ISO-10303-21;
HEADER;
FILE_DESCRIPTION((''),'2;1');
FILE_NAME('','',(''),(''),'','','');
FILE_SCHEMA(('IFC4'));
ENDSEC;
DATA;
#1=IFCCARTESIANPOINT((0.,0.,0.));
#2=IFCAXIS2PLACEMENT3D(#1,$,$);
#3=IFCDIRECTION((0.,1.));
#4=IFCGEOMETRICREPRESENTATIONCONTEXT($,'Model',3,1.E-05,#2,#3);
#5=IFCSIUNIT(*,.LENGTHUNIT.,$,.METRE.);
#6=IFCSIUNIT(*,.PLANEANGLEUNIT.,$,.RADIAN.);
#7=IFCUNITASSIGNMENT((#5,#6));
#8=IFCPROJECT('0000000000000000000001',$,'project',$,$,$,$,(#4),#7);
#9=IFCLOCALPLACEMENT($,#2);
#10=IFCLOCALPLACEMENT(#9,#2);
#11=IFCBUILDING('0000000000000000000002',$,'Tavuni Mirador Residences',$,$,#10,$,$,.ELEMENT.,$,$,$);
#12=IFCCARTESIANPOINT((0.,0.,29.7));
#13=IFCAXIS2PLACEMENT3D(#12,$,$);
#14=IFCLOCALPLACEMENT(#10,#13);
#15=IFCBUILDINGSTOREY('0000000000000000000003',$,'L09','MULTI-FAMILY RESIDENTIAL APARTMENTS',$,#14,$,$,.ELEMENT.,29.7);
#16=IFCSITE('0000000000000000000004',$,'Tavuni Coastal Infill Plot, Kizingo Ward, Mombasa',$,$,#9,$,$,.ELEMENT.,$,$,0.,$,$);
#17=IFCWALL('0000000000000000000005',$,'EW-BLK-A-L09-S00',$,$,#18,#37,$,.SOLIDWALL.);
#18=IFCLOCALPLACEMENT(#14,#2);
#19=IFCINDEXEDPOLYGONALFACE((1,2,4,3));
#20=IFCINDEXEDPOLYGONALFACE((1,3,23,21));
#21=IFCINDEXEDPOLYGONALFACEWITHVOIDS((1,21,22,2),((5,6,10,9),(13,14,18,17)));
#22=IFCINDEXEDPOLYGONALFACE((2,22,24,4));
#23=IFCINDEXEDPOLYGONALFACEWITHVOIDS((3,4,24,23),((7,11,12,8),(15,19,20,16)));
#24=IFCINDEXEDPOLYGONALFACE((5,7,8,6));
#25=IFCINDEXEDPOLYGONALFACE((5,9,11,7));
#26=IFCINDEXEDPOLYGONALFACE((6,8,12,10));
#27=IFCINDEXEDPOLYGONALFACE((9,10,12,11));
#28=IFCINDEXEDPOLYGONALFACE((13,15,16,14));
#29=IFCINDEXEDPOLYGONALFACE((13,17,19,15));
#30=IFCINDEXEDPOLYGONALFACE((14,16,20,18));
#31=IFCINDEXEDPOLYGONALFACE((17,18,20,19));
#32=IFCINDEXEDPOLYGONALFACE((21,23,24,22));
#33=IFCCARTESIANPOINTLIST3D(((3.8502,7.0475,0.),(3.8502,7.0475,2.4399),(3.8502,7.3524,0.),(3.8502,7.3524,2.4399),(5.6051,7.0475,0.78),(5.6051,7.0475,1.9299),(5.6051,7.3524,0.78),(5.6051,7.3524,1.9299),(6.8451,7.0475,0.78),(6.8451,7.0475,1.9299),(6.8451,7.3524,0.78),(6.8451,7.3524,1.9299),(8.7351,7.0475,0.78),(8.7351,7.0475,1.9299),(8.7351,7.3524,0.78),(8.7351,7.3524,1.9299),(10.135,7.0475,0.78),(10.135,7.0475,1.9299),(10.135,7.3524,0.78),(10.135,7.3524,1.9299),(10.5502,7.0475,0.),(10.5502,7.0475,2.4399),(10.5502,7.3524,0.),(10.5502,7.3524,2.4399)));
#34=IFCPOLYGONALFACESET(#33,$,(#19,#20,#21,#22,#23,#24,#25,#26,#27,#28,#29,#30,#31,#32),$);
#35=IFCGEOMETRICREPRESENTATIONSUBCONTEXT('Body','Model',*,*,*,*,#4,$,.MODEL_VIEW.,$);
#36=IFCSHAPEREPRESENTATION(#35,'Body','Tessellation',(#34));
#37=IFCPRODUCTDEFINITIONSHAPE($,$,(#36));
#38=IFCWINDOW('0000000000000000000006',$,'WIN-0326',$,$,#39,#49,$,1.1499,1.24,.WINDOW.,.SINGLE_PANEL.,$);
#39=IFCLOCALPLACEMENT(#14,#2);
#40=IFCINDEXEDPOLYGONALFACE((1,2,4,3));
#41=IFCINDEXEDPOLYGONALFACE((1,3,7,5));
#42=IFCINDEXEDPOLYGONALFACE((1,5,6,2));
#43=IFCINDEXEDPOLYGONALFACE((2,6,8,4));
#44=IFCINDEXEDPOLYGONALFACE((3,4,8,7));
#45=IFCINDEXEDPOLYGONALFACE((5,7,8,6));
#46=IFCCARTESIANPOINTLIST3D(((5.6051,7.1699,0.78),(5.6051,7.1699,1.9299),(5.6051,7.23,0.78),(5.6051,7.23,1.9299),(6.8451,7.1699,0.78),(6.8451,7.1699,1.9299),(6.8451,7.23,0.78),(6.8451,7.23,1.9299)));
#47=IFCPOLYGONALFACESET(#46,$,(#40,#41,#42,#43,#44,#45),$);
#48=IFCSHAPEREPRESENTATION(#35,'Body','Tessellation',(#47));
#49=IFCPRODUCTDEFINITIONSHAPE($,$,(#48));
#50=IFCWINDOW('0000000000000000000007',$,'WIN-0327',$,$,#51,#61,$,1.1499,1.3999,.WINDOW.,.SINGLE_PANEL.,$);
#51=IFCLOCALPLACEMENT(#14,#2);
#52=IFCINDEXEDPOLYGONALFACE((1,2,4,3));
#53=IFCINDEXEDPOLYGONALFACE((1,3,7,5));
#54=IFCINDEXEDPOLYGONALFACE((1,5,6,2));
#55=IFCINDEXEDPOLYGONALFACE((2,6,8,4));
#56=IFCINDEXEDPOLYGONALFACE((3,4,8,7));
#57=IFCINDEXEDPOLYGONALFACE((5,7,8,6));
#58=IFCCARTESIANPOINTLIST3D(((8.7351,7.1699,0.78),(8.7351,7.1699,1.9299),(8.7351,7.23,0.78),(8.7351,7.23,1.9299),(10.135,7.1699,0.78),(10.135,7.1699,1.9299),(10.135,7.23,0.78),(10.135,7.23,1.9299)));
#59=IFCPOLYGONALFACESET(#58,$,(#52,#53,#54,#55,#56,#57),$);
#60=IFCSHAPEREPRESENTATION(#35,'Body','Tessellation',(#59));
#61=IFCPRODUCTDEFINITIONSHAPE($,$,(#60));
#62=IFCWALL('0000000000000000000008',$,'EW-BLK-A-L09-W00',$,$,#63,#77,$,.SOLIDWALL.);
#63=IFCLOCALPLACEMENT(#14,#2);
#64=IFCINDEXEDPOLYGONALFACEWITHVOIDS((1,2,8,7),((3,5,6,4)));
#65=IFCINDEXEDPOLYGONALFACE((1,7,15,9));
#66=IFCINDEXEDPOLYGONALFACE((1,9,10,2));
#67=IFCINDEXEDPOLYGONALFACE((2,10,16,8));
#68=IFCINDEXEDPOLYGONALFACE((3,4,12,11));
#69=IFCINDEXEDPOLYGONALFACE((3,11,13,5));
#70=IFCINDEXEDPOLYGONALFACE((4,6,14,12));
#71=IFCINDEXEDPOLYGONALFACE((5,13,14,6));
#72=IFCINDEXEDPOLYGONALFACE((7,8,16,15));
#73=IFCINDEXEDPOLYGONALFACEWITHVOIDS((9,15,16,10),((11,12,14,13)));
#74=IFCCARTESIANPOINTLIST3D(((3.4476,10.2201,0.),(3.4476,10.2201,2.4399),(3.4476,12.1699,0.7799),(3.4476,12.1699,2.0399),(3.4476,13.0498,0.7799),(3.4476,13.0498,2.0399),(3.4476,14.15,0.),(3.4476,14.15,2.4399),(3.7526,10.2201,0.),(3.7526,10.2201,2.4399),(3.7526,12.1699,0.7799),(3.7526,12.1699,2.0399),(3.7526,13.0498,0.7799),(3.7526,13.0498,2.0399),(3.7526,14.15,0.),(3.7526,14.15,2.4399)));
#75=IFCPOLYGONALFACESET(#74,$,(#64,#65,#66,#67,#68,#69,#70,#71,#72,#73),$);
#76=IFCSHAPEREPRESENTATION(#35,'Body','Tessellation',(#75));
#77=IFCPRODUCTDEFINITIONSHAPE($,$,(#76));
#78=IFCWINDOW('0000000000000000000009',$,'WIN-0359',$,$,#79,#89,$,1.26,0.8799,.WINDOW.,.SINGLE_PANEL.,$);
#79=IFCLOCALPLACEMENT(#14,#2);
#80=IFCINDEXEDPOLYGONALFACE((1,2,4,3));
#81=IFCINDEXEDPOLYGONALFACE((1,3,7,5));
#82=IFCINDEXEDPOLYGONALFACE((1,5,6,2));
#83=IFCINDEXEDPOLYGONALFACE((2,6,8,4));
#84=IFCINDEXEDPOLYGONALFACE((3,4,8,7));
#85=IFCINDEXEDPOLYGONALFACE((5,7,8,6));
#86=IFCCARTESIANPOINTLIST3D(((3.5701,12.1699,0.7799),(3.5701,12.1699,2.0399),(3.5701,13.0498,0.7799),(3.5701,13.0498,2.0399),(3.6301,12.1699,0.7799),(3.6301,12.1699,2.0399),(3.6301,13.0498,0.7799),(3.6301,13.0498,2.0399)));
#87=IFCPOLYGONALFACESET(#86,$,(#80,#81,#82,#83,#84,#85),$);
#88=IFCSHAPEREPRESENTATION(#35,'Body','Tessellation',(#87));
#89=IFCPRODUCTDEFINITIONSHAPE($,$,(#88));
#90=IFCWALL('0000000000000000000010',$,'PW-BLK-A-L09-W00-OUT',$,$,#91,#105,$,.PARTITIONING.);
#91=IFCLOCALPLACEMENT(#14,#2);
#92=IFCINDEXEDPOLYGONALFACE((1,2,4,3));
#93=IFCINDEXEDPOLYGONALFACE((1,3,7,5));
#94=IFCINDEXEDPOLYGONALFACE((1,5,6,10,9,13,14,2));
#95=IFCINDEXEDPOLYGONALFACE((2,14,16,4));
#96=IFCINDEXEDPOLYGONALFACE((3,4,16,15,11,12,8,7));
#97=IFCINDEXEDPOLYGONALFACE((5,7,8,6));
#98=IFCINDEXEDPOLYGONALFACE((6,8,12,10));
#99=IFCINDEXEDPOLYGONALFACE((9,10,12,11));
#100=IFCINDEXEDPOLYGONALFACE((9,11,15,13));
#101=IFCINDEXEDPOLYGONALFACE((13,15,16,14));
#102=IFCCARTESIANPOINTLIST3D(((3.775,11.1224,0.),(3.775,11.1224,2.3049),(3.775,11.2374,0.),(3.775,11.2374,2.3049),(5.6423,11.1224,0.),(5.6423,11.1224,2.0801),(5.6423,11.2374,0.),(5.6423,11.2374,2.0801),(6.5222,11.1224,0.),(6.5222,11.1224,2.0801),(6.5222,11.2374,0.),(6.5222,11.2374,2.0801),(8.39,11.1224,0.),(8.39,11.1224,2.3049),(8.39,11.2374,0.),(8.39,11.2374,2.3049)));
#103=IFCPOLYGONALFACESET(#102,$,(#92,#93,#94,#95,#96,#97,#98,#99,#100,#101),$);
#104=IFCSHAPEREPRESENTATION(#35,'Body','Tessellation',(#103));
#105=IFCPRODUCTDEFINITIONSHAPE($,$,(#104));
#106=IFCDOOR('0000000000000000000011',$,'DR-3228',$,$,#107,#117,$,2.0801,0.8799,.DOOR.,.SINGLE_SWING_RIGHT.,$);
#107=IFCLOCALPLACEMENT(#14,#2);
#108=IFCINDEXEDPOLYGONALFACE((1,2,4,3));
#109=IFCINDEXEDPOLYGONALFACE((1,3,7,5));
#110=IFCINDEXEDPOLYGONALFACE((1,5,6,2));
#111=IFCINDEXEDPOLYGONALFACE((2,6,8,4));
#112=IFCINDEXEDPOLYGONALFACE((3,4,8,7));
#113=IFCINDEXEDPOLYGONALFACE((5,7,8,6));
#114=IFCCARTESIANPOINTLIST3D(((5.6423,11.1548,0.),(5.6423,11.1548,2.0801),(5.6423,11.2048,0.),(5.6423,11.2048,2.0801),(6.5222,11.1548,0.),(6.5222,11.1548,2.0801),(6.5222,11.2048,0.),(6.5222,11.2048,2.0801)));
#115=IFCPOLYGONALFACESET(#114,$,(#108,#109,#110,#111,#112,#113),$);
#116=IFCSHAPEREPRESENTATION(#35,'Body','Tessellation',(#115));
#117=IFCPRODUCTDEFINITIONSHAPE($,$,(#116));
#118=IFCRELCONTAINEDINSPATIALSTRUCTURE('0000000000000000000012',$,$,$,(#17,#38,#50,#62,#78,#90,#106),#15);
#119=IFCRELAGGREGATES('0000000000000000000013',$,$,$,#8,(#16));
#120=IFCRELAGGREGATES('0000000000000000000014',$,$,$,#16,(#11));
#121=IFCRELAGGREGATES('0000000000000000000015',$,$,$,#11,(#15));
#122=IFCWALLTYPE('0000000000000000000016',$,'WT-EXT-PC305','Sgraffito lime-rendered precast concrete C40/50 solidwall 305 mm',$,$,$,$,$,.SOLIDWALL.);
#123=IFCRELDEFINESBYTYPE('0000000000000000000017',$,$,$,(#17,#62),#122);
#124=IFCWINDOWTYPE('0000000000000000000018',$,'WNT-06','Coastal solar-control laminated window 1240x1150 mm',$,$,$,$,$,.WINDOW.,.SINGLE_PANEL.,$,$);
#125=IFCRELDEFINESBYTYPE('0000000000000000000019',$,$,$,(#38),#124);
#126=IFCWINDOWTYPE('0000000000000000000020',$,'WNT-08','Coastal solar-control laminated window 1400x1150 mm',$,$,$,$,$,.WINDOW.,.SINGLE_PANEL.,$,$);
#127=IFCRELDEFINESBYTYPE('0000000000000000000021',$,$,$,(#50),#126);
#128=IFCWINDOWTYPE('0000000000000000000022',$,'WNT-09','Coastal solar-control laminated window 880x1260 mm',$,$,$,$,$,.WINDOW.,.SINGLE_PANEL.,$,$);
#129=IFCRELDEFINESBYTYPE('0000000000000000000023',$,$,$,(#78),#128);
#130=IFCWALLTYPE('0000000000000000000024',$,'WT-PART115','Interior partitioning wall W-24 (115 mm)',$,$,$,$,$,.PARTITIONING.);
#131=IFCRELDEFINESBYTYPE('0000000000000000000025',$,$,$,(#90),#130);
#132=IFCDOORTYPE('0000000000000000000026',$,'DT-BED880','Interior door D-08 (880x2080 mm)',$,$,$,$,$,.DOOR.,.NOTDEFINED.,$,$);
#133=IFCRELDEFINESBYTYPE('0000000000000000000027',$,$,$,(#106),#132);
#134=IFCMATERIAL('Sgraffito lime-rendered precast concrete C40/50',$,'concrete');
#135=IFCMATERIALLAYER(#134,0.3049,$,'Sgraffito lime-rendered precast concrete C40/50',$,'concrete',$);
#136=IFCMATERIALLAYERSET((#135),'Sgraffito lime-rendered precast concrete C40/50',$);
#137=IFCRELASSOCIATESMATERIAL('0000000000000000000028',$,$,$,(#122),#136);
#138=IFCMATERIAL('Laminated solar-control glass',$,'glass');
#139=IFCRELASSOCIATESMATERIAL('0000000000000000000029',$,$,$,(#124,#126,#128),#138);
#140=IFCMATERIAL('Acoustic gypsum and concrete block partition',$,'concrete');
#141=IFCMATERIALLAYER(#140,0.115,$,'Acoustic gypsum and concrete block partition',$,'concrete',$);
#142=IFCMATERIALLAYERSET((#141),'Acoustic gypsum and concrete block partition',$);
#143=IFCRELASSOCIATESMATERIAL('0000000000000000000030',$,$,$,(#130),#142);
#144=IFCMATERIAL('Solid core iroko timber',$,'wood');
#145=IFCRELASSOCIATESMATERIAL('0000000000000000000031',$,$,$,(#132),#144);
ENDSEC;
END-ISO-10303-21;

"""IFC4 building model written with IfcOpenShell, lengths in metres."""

from ifc_helpers import new_model, si_unit, direction, frame, frame_2d, origin, place, context, subcontext, project, spatial, rectangle, extrude, material, layer, layer_set, type_object, element, fill, save


model = new_model("IFC4")

# Units and contexts
model_context = context("Model", 3, precision=1e-05, world=origin(), true_north=direction((0.0, 1.0)))
body_context = subcontext(model_context, "Body", "Model", "MODEL_VIEW")
ifc_project = project(units=[si_unit("LENGTHUNIT", "METRE"), si_unit("PLANEANGLEUNIT", "RADIAN")], contexts=[model_context])

# Site, building, storey
site_placement = place(None, origin())
site = spatial("IfcSite", under=ifc_project, at=site_placement, Name="Tavuni Coastal Infill Plot, Kizingo Ward, Mombasa", CompositionType="ELEMENT", RefElevation=0.0)
building_placement = place(site_placement, origin())
building = spatial("IfcBuilding", under=site, at=building_placement, Name="Tavuni Mirador Residences", CompositionType="ELEMENT")
storey_placement = place(building_placement, frame((0.0, 0.0, 29.7)))
storey = spatial("IfcBuildingStorey", under=building, at=storey_placement, Name="L09", Description="MULTI-FAMILY RESIDENTIAL APARTMENTS", CompositionType="ELEMENT", Elevation=29.7)

# Wall, openings, windows
ifc_material_1 = material(Name="Sgraffito lime-rendered precast concrete C40/50", Category="concrete")
ifc_layer_1 = layer(ifc_material_1, 0.3049, Name="Sgraffito lime-rendered precast concrete C40/50", Category="concrete")
ifc_layer_set_1 = layer_set([ifc_layer_1], Name="Sgraffito lime-rendered precast concrete C40/50")
wall_type_1 = type_object("IfcWallType", Name="WT-EXT-PC305", Description="Sgraffito lime-rendered precast concrete C40/50 solidwall 305 mm", PredefinedType="SOLIDWALL", material=ifc_layer_set_1)
wall_1_placement = place(storey_placement, frame((3.8501, 7.2, 0.0), z_axis=(0.0, 0.0, 1.0), x_axis=(1.0, 0.0, 0.0)))
wall_1 = element("IfcWall", 1, at=wall_1_placement, inside=storey, type_object=wall_type_1, Name="EW-BLK-A-L09-S00", PredefinedType="SOLIDWALL", context=body_context, shape_type="SweptSolid", body=[
    extrude(rectangle(XDim=6.7, YDim=0.3049, at=frame_2d((3.3501, 0.0))), origin(), (0.0, 0.0, 1.0), 2.4399),
])
opening_1_placement = place(wall_1_placement, frame((1.7549, 0.0, 0.78)))
opening_1 = element("IfcOpeningElement", 2, at=opening_1_placement, cuts=wall_1, PredefinedType="OPENING", context=body_context, shape_type="SweptSolid", body=[
    extrude(rectangle(XDim=1.24, YDim=1.1499, at=frame_2d((0.6201, 0.575))), frame((0.0, 0.1626, 0.0), z_axis=(0.0, -1.0, 0.0), x_axis=(1.0, 0.0, 0.0)), (0.0, 0.0, 1.0), 0.325),
])
opening_2_placement = place(wall_1_placement, frame((4.885, 0.0, 0.78)))
opening_2 = element("IfcOpeningElement", 3, at=opening_2_placement, cuts=wall_1, PredefinedType="OPENING", context=body_context, shape_type="SweptSolid", body=[
    extrude(rectangle(XDim=1.3999, YDim=1.1499, at=frame_2d((0.7, 0.575))), frame((0.0, 0.1626, 0.0), z_axis=(0.0, -1.0, 0.0), x_axis=(1.0, 0.0, 0.0)), (0.0, 0.0, 1.0), 0.325),
])
ifc_material_2 = material(Name="Laminated solar-control glass", Category="glass")
window_type_1 = type_object("IfcWindowType", Name="WNT-06", Description="Coastal solar-control laminated window 1240x1150 mm", PartitioningType="SINGLE_PANEL", PredefinedType="WINDOW", material=ifc_material_2)
window_1_placement = place(opening_1_placement, origin())
window_1 = element("IfcWindow", 4, at=window_1_placement, inside=storey, type_object=window_type_1, Name="WIN-0326", OverallHeight=1.1499, OverallWidth=1.24, PartitioningType="SINGLE_PANEL", PredefinedType="WINDOW", context=body_context, shape_type="SweptSolid", body=[
    extrude(rectangle(XDim=1.24, YDim=1.1499, at=frame_2d((0.6201, 0.575))), frame((0.0, 0.03, 0.0), z_axis=(0.0, -1.0, 0.0), x_axis=(1.0, 0.0, 0.0)), (0.0, 0.0, 1.0), 0.0601),
])
fill(opening_1, window_1)
window_type_2 = type_object("IfcWindowType", Name="WNT-08", Description="Coastal solar-control laminated window 1400x1150 mm", PartitioningType="SINGLE_PANEL", PredefinedType="WINDOW", material=ifc_material_2)
window_2_placement = place(opening_2_placement, origin())
window_2 = element("IfcWindow", 5, at=window_2_placement, inside=storey, type_object=window_type_2, Name="WIN-0327", OverallHeight=1.1499, OverallWidth=1.3999, PartitioningType="SINGLE_PANEL", PredefinedType="WINDOW", context=body_context, shape_type="SweptSolid", body=[
    extrude(rectangle(XDim=1.3999, YDim=1.1499, at=frame_2d((0.7, 0.575))), frame((0.0, 0.03, 0.0), z_axis=(0.0, -1.0, 0.0), x_axis=(1.0, 0.0, 0.0)), (0.0, 0.0, 1.0), 0.0601),
])
fill(opening_2, window_2)

# Wall, opening, window
wall_2_placement = place(storey_placement, frame((3.6001, 14.1499, 0.0), z_axis=(0.0, 0.0, 1.0), x_axis=(0.0, -1.0, 0.0)))
wall_2 = element("IfcWall", 6, at=wall_2_placement, inside=storey, type_object=wall_type_1, Name="EW-BLK-A-L09-W00", PredefinedType="SOLIDWALL", context=body_context, shape_type="SweptSolid", body=[
    extrude(rectangle(XDim=3.9299, YDim=0.3049, at=frame_2d((1.9648, 0.0))), origin(), (0.0, 0.0, 1.0), 2.4399),
])
opening_3_placement = place(wall_2_placement, frame((1.1001, 0.0, 0.78)))
opening_3 = element("IfcOpeningElement", 7, at=opening_3_placement, cuts=wall_2, PredefinedType="OPENING", context=body_context, shape_type="SweptSolid", body=[
    extrude(rectangle(XDim=0.8799, YDim=1.26, at=frame_2d((0.4399, 0.6299))), frame((0.0, 0.1626, 0.0), z_axis=(0.0, -1.0, 0.0), x_axis=(1.0, 0.0, 0.0)), (0.0, 0.0, 1.0), 0.325),
])
window_type_3 = type_object("IfcWindowType", Name="WNT-09", Description="Coastal solar-control laminated window 880x1260 mm", PartitioningType="SINGLE_PANEL", PredefinedType="WINDOW", material=ifc_material_2)
window_3_placement = place(opening_3_placement, origin())
window_3 = element("IfcWindow", 8, at=window_3_placement, inside=storey, type_object=window_type_3, Name="WIN-0359", OverallHeight=1.26, OverallWidth=0.8799, PartitioningType="SINGLE_PANEL", PredefinedType="WINDOW", context=body_context, shape_type="SweptSolid", body=[
    extrude(rectangle(XDim=0.8799, YDim=1.26, at=frame_2d((0.4399, 0.6299))), frame((0.0, 0.03, 0.0), z_axis=(0.0, -1.0, 0.0), x_axis=(1.0, 0.0, 0.0)), (0.0, 0.0, 1.0), 0.0601),
])
fill(opening_3, window_3)

# Wall, opening, door
ifc_material_3 = material(Name="Acoustic gypsum and concrete block partition", Category="concrete")
ifc_layer_2 = layer(ifc_material_3, 0.115, Name="Acoustic gypsum and concrete block partition", Category="concrete")
ifc_layer_set_2 = layer_set([ifc_layer_2], Name="Acoustic gypsum and concrete block partition")
wall_type_2 = type_object("IfcWallType", Name="WT-PART115", Description="Interior partitioning wall W-24 (115 mm)", PredefinedType="PARTITIONING", material=ifc_layer_set_2)
wall_3_placement = place(storey_placement, frame((3.7749, 11.1799, 0.0), z_axis=(0.0, 0.0, 1.0), x_axis=(1.0, 0.0, 0.0)))
wall_3 = element("IfcWall", 9, at=wall_3_placement, inside=storey, type_object=wall_type_2, Name="PW-BLK-A-L09-W00-OUT", PredefinedType="PARTITIONING", context=body_context, shape_type="SweptSolid", body=[
    extrude(rectangle(XDim=4.615, YDim=0.115, at=frame_2d((2.3076, 0.0))), origin(), (0.0, 0.0, 1.0), 2.3049),
])
opening_4_placement = place(wall_3_placement, frame((1.8674, 0.0, 0.0)))
opening_4 = element("IfcOpeningElement", 10, at=opening_4_placement, cuts=wall_3, PredefinedType="OPENING", context=body_context, shape_type="SweptSolid", body=[
    extrude(rectangle(XDim=0.8799, YDim=2.0801, at=frame_2d((0.4399, 1.04))), frame((0.0, 0.0674, 0.0), z_axis=(0.0, -1.0, 0.0), x_axis=(1.0, 0.0, 0.0)), (0.0, 0.0, 1.0), 0.135),
])
ifc_material_4 = material(Name="Solid core iroko timber", Category="wood")
door_type = type_object("IfcDoorType", Name="DT-BED880", Description="Interior door D-08 (880x2080 mm)", OperationType="NOTDEFINED", PredefinedType="DOOR", material=ifc_material_4)
door_placement = place(opening_4_placement, origin())
door = element("IfcDoor", 11, at=door_placement, inside=storey, type_object=door_type, Name="DR-3228", OperationType="SINGLE_SWING_RIGHT", OverallHeight=2.0801, OverallWidth=0.8799, PredefinedType="DOOR", context=body_context, shape_type="SweptSolid", body=[
    extrude(rectangle(XDim=0.8799, YDim=2.0801, at=frame_2d((0.4399, 1.04))), frame((0.0, 0.0249, 0.0), z_axis=(0.0, -1.0, 0.0), x_axis=(1.0, 0.0, 0.0)), (0.0, 0.0, 1.0), 0.05),
])
fill(opening_4, door)

save(model, "model.ifc")
